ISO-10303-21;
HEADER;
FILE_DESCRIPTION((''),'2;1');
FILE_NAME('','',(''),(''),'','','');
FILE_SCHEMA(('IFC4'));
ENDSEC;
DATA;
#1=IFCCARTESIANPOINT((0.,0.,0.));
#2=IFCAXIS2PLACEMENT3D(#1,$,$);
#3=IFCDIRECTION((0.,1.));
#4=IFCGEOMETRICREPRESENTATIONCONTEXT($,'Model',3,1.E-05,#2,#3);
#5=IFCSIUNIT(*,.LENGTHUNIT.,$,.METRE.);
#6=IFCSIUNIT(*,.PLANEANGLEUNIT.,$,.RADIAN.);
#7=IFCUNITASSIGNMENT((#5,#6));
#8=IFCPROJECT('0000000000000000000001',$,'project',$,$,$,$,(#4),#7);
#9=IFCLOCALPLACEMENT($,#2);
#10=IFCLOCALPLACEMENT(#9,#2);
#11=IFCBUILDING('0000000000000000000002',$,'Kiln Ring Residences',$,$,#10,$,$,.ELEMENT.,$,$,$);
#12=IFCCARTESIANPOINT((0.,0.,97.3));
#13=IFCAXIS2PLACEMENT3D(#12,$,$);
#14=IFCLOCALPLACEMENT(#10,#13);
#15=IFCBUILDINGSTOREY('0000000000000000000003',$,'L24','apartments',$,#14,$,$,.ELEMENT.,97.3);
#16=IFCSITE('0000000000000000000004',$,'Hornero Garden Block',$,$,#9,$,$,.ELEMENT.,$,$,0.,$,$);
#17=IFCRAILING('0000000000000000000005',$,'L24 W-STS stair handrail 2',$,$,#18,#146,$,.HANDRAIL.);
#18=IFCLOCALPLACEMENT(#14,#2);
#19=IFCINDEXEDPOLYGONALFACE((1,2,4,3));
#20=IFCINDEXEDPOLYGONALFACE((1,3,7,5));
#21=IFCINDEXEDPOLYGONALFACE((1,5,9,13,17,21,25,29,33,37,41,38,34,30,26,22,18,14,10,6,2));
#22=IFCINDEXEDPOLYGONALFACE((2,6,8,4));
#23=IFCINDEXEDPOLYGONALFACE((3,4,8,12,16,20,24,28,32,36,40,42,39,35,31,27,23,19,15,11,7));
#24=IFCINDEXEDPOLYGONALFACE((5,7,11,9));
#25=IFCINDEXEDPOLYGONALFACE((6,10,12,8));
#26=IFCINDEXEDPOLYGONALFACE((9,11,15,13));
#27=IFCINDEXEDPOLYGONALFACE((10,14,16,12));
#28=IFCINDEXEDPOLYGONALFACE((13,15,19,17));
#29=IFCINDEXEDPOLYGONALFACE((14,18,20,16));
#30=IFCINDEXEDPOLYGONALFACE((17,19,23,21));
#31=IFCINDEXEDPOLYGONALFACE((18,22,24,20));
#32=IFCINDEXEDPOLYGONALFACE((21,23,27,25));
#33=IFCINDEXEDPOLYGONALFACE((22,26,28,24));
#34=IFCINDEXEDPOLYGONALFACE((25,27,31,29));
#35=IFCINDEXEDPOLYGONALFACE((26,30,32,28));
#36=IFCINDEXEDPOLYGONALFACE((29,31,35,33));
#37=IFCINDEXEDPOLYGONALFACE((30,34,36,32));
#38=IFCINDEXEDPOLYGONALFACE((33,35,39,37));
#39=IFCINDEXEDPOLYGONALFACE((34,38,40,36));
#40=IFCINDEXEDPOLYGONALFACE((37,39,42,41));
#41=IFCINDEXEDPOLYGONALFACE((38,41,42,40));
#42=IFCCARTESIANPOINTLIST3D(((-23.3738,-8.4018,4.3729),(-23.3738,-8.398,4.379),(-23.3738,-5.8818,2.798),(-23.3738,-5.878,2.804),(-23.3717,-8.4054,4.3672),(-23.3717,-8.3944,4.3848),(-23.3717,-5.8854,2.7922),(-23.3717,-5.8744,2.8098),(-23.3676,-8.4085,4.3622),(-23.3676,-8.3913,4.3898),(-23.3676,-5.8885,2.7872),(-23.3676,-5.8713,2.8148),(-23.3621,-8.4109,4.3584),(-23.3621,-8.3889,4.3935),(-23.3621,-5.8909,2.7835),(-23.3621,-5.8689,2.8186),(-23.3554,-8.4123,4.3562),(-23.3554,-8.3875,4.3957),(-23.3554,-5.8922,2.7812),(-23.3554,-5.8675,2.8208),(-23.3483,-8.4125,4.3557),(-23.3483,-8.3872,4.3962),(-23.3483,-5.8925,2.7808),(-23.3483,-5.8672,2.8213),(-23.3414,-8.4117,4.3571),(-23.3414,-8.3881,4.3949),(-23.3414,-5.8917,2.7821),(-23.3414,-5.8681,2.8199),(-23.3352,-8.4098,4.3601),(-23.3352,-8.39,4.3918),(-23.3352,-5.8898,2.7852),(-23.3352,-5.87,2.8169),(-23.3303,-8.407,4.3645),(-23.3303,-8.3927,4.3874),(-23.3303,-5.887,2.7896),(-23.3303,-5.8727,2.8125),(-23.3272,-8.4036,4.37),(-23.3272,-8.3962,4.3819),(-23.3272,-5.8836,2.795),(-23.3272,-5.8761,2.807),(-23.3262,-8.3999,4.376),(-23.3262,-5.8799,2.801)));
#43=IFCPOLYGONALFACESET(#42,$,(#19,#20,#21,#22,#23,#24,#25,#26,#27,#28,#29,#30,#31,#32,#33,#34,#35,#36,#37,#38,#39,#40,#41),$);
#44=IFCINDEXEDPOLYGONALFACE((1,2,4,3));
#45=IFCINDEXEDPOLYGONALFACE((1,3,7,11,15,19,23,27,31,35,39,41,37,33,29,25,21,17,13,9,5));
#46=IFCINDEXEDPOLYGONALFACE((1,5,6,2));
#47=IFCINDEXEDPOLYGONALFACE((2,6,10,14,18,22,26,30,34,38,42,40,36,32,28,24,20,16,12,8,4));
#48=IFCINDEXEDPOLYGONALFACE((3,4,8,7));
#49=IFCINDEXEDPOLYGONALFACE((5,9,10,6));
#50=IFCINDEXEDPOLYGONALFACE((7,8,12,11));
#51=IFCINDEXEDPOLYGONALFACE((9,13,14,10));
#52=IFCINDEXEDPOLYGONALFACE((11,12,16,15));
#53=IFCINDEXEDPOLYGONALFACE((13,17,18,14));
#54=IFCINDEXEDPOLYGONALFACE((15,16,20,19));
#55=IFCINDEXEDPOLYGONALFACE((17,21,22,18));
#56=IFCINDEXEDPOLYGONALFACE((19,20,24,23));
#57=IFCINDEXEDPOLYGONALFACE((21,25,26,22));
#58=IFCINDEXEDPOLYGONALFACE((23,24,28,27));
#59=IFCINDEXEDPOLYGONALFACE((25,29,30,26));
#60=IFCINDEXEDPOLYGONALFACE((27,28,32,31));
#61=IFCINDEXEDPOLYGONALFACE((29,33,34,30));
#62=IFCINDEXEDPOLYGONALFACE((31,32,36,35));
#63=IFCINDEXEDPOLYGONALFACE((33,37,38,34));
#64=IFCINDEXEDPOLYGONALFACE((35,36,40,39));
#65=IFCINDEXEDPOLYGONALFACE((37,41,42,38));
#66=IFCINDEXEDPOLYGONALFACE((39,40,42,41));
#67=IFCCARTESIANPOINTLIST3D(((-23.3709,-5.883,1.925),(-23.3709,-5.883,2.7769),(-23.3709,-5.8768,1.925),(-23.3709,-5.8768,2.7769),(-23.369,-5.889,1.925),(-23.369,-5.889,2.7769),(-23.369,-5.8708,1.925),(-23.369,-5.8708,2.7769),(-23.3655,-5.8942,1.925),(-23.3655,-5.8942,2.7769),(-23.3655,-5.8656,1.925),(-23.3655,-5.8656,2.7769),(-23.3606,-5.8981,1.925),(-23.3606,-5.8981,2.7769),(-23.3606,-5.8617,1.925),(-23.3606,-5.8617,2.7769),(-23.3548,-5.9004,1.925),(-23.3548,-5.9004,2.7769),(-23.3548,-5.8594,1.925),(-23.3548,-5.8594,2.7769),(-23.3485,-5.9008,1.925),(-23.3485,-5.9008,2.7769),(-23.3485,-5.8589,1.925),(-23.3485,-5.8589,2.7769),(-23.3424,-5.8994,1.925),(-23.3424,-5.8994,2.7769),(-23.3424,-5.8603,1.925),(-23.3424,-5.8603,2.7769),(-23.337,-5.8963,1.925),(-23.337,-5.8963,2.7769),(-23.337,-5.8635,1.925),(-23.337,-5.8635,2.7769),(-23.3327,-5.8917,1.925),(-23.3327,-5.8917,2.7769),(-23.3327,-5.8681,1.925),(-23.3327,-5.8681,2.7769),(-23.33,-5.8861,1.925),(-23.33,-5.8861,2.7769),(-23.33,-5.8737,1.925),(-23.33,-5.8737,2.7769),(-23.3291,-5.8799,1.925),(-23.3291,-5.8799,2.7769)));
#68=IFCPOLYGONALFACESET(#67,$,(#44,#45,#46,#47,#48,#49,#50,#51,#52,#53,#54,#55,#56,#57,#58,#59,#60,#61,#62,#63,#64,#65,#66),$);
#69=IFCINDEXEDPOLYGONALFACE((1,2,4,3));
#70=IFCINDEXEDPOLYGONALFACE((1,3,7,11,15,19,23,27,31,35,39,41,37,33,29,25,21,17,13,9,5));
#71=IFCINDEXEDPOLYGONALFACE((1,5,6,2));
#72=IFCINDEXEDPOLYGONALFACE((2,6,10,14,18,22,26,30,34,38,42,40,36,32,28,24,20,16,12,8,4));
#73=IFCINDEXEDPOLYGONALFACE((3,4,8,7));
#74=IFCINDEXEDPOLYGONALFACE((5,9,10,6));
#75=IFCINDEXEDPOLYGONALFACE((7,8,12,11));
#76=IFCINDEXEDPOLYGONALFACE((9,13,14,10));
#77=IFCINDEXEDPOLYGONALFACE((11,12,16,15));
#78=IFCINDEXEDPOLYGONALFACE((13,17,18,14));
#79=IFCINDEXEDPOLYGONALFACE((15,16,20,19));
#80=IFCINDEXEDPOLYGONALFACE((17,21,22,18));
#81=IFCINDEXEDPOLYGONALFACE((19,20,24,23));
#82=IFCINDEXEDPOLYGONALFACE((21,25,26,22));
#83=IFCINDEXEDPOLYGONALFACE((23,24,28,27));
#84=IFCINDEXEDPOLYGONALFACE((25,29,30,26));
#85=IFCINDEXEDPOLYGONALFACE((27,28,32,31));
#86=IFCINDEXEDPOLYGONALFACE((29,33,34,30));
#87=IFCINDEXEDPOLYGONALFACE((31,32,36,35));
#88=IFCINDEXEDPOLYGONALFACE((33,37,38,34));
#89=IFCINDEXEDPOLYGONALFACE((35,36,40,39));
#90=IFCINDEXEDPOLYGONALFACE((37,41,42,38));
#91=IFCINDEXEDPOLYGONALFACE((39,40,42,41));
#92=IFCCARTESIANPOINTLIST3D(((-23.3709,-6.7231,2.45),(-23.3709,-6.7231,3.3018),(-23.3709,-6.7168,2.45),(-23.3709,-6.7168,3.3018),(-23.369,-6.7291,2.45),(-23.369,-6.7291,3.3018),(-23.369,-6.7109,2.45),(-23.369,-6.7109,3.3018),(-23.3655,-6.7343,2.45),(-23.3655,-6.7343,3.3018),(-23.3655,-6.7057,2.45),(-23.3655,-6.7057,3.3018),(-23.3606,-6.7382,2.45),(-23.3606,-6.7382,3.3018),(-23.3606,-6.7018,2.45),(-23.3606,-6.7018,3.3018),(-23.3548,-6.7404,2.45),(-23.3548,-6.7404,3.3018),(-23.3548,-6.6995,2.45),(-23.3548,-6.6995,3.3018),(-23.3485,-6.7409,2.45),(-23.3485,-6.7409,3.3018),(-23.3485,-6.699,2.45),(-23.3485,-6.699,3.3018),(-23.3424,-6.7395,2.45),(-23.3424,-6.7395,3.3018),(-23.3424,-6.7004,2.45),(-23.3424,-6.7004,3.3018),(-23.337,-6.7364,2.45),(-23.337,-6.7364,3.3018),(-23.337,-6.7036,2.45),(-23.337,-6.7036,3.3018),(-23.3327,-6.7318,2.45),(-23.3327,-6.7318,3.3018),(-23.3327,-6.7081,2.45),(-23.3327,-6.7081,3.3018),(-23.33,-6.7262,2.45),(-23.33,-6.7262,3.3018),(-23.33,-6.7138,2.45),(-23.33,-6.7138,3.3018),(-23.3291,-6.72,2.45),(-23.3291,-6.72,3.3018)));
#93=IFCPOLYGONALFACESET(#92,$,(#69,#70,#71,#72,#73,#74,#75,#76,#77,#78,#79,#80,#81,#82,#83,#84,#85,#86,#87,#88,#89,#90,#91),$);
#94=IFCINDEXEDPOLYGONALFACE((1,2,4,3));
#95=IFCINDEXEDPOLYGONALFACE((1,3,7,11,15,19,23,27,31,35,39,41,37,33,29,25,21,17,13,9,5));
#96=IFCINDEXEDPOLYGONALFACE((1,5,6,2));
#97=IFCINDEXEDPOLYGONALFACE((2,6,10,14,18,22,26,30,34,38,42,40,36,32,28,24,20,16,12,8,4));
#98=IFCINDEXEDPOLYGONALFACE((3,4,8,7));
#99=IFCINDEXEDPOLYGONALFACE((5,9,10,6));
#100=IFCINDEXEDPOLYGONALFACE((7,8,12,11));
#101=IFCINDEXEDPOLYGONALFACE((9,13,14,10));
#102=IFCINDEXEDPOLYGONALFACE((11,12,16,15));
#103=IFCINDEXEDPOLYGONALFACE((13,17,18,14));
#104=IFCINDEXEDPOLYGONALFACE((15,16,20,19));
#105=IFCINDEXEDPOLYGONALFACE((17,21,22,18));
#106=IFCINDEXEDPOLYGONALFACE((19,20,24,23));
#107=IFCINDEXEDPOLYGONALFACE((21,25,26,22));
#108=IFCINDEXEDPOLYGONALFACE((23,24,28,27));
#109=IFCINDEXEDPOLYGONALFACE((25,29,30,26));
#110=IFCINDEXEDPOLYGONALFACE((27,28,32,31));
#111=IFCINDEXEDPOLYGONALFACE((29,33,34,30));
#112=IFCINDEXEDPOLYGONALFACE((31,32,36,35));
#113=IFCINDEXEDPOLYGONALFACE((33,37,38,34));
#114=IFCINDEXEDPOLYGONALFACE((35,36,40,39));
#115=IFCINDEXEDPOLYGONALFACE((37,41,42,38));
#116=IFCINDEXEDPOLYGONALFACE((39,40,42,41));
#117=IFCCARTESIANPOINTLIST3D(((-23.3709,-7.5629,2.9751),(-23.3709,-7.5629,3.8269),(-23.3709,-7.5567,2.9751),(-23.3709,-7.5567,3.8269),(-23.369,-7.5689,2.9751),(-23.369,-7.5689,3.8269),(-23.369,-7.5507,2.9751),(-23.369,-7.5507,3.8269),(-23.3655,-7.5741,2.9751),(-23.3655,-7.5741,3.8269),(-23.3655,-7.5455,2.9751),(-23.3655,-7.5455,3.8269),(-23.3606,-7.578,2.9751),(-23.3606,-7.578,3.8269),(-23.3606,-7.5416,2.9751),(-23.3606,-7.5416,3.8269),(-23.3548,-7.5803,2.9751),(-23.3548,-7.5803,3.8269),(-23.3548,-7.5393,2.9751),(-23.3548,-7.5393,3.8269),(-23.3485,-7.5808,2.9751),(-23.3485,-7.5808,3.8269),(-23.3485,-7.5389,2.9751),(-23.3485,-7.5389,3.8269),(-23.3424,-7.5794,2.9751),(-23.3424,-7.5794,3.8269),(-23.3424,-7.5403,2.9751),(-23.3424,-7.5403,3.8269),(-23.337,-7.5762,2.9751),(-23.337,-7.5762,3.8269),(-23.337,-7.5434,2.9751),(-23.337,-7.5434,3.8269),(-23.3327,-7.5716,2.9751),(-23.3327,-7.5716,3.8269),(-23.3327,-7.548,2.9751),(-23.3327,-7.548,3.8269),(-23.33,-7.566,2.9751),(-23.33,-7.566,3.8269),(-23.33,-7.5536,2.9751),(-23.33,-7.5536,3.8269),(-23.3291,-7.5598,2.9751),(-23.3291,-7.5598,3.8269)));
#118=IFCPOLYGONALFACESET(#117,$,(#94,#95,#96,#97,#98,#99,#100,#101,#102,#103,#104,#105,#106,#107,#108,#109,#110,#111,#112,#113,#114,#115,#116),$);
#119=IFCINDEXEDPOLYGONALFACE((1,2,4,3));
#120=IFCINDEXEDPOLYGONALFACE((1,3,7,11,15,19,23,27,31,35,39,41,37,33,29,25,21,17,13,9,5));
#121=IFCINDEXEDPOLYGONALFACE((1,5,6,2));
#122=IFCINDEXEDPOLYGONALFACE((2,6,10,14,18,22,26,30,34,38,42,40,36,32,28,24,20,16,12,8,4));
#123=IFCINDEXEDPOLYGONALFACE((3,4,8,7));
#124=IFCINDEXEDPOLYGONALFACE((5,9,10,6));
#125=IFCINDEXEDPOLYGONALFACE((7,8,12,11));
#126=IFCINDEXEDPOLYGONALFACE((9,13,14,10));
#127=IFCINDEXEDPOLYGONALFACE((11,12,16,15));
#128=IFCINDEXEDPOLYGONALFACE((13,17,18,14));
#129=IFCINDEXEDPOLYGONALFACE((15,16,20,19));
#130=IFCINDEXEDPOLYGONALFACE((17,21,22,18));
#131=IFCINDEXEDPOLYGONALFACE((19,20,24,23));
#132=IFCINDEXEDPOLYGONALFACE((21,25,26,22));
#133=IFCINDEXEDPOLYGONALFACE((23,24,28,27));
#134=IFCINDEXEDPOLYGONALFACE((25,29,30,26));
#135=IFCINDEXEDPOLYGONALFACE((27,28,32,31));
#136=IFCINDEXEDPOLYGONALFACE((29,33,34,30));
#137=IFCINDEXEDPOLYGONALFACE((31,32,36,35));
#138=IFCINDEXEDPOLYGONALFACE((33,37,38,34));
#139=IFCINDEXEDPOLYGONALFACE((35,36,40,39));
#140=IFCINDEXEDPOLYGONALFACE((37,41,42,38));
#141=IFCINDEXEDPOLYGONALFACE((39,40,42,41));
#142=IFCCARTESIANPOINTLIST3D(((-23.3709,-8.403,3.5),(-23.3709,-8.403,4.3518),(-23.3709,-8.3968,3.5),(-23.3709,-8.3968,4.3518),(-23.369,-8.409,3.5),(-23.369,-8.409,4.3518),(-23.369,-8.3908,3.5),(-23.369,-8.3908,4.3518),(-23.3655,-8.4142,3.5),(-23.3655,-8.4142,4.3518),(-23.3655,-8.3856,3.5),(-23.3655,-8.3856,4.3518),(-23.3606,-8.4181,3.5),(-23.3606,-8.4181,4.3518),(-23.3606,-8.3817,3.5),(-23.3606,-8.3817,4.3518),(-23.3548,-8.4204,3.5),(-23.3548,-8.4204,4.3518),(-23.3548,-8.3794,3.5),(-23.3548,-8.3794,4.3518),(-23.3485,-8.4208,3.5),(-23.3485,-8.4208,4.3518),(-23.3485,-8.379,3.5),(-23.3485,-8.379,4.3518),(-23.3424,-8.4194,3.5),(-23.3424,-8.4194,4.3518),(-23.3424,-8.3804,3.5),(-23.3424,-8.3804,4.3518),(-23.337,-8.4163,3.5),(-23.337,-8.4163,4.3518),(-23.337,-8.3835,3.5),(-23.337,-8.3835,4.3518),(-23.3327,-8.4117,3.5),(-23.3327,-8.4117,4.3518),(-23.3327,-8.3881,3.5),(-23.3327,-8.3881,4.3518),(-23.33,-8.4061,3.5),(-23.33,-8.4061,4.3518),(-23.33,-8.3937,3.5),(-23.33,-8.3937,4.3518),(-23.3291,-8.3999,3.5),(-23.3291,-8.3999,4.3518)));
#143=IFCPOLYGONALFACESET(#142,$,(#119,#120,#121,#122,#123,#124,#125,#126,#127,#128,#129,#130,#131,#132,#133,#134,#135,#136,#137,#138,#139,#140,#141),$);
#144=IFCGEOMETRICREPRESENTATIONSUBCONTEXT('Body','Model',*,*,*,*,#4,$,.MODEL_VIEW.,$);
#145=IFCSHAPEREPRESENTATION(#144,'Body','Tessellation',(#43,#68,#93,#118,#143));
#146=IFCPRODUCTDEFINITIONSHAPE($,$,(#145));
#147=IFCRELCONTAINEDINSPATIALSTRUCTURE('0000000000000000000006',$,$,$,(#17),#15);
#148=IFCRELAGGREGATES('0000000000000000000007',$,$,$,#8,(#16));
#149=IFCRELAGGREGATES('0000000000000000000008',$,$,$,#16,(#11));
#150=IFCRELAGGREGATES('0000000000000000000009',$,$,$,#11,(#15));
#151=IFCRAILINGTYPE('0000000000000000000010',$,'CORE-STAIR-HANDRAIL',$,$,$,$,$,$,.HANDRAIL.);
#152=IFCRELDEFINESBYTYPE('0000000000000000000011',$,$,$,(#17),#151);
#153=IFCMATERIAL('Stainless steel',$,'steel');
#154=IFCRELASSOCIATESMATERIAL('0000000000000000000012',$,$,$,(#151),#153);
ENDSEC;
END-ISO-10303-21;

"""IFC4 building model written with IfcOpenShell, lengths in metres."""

from ifc_helpers import new_model, si_unit, direction, frame, origin, origin_2d, place, context, subcontext, project, spatial, circle, extrude, material, type_object, element, save


model = new_model("IFC4")

# Units and contexts
model_context = context("Model", 3, precision=1e-05, world=origin(), true_north=direction((0.0, 1.0)))
body_context = subcontext(model_context, "Body", "Model", "MODEL_VIEW")
ifc_project = project(units=[si_unit("LENGTHUNIT", "METRE"), si_unit("PLANEANGLEUNIT", "RADIAN")], contexts=[model_context])

# Site, building, storey
site_placement = place(None, origin())
site = spatial("IfcSite", under=ifc_project, at=site_placement, Name="Hornero Garden Block", CompositionType="ELEMENT", RefElevation=0.0)
building_placement = place(site_placement, origin())
building = spatial("IfcBuilding", under=site, at=building_placement, Name="Kiln Ring Residences", CompositionType="ELEMENT")
storey_placement = place(building_placement, frame((0.0, 0.0, 97.3)))
storey = spatial("IfcBuildingStorey", under=building, at=storey_placement, Name="L24", Description="apartments", CompositionType="ELEMENT", Elevation=97.3)

# Railing
ifc_material_1 = material(Name="Stainless steel", Category="steel")
railing_type_1 = type_object("IfcRailingType", Name="CORE-STAIR-HANDRAIL", PredefinedType="HANDRAIL", material=ifc_material_1)
railing_1_placement = place(storey_placement, frame((-23.3501, -5.8799, 1.925)))
element("IfcRailing", 1, at=railing_1_placement, inside=storey, type_object=railing_type_1, Name="L24 W-STS stair handrail 2", PredefinedType="HANDRAIL", context=body_context, shape_type="SweptSolid", body=[
    extrude(circle(Radius=0.0239, at=origin_2d()), frame((0.0, 0.0, 0.876), z_axis=(0.0, -0.848008, 0.529984), x_axis=(1.0, 0.0, 0.0)), (0.0, 0.0, 1.0), 2.9717),
    extrude(circle(Radius=0.021, at=origin_2d()), origin(), (0.0, 0.0, 1.0), 0.8518),
    extrude(circle(Radius=0.021, at=origin_2d()), frame((0.0, -0.8401, 0.5249)), (0.0, 0.0, 1.0), 0.8518),
    extrude(circle(Radius=0.021, at=origin_2d()), frame((0.0, -1.6799, 1.05)), (0.0, 0.0, 1.0), 0.8518),
    extrude(circle(Radius=0.021, at=origin_2d()), frame((0.0, -2.52, 1.575)), (0.0, 0.0, 1.0), 0.8518),
])

save(model, "model.ifc")
